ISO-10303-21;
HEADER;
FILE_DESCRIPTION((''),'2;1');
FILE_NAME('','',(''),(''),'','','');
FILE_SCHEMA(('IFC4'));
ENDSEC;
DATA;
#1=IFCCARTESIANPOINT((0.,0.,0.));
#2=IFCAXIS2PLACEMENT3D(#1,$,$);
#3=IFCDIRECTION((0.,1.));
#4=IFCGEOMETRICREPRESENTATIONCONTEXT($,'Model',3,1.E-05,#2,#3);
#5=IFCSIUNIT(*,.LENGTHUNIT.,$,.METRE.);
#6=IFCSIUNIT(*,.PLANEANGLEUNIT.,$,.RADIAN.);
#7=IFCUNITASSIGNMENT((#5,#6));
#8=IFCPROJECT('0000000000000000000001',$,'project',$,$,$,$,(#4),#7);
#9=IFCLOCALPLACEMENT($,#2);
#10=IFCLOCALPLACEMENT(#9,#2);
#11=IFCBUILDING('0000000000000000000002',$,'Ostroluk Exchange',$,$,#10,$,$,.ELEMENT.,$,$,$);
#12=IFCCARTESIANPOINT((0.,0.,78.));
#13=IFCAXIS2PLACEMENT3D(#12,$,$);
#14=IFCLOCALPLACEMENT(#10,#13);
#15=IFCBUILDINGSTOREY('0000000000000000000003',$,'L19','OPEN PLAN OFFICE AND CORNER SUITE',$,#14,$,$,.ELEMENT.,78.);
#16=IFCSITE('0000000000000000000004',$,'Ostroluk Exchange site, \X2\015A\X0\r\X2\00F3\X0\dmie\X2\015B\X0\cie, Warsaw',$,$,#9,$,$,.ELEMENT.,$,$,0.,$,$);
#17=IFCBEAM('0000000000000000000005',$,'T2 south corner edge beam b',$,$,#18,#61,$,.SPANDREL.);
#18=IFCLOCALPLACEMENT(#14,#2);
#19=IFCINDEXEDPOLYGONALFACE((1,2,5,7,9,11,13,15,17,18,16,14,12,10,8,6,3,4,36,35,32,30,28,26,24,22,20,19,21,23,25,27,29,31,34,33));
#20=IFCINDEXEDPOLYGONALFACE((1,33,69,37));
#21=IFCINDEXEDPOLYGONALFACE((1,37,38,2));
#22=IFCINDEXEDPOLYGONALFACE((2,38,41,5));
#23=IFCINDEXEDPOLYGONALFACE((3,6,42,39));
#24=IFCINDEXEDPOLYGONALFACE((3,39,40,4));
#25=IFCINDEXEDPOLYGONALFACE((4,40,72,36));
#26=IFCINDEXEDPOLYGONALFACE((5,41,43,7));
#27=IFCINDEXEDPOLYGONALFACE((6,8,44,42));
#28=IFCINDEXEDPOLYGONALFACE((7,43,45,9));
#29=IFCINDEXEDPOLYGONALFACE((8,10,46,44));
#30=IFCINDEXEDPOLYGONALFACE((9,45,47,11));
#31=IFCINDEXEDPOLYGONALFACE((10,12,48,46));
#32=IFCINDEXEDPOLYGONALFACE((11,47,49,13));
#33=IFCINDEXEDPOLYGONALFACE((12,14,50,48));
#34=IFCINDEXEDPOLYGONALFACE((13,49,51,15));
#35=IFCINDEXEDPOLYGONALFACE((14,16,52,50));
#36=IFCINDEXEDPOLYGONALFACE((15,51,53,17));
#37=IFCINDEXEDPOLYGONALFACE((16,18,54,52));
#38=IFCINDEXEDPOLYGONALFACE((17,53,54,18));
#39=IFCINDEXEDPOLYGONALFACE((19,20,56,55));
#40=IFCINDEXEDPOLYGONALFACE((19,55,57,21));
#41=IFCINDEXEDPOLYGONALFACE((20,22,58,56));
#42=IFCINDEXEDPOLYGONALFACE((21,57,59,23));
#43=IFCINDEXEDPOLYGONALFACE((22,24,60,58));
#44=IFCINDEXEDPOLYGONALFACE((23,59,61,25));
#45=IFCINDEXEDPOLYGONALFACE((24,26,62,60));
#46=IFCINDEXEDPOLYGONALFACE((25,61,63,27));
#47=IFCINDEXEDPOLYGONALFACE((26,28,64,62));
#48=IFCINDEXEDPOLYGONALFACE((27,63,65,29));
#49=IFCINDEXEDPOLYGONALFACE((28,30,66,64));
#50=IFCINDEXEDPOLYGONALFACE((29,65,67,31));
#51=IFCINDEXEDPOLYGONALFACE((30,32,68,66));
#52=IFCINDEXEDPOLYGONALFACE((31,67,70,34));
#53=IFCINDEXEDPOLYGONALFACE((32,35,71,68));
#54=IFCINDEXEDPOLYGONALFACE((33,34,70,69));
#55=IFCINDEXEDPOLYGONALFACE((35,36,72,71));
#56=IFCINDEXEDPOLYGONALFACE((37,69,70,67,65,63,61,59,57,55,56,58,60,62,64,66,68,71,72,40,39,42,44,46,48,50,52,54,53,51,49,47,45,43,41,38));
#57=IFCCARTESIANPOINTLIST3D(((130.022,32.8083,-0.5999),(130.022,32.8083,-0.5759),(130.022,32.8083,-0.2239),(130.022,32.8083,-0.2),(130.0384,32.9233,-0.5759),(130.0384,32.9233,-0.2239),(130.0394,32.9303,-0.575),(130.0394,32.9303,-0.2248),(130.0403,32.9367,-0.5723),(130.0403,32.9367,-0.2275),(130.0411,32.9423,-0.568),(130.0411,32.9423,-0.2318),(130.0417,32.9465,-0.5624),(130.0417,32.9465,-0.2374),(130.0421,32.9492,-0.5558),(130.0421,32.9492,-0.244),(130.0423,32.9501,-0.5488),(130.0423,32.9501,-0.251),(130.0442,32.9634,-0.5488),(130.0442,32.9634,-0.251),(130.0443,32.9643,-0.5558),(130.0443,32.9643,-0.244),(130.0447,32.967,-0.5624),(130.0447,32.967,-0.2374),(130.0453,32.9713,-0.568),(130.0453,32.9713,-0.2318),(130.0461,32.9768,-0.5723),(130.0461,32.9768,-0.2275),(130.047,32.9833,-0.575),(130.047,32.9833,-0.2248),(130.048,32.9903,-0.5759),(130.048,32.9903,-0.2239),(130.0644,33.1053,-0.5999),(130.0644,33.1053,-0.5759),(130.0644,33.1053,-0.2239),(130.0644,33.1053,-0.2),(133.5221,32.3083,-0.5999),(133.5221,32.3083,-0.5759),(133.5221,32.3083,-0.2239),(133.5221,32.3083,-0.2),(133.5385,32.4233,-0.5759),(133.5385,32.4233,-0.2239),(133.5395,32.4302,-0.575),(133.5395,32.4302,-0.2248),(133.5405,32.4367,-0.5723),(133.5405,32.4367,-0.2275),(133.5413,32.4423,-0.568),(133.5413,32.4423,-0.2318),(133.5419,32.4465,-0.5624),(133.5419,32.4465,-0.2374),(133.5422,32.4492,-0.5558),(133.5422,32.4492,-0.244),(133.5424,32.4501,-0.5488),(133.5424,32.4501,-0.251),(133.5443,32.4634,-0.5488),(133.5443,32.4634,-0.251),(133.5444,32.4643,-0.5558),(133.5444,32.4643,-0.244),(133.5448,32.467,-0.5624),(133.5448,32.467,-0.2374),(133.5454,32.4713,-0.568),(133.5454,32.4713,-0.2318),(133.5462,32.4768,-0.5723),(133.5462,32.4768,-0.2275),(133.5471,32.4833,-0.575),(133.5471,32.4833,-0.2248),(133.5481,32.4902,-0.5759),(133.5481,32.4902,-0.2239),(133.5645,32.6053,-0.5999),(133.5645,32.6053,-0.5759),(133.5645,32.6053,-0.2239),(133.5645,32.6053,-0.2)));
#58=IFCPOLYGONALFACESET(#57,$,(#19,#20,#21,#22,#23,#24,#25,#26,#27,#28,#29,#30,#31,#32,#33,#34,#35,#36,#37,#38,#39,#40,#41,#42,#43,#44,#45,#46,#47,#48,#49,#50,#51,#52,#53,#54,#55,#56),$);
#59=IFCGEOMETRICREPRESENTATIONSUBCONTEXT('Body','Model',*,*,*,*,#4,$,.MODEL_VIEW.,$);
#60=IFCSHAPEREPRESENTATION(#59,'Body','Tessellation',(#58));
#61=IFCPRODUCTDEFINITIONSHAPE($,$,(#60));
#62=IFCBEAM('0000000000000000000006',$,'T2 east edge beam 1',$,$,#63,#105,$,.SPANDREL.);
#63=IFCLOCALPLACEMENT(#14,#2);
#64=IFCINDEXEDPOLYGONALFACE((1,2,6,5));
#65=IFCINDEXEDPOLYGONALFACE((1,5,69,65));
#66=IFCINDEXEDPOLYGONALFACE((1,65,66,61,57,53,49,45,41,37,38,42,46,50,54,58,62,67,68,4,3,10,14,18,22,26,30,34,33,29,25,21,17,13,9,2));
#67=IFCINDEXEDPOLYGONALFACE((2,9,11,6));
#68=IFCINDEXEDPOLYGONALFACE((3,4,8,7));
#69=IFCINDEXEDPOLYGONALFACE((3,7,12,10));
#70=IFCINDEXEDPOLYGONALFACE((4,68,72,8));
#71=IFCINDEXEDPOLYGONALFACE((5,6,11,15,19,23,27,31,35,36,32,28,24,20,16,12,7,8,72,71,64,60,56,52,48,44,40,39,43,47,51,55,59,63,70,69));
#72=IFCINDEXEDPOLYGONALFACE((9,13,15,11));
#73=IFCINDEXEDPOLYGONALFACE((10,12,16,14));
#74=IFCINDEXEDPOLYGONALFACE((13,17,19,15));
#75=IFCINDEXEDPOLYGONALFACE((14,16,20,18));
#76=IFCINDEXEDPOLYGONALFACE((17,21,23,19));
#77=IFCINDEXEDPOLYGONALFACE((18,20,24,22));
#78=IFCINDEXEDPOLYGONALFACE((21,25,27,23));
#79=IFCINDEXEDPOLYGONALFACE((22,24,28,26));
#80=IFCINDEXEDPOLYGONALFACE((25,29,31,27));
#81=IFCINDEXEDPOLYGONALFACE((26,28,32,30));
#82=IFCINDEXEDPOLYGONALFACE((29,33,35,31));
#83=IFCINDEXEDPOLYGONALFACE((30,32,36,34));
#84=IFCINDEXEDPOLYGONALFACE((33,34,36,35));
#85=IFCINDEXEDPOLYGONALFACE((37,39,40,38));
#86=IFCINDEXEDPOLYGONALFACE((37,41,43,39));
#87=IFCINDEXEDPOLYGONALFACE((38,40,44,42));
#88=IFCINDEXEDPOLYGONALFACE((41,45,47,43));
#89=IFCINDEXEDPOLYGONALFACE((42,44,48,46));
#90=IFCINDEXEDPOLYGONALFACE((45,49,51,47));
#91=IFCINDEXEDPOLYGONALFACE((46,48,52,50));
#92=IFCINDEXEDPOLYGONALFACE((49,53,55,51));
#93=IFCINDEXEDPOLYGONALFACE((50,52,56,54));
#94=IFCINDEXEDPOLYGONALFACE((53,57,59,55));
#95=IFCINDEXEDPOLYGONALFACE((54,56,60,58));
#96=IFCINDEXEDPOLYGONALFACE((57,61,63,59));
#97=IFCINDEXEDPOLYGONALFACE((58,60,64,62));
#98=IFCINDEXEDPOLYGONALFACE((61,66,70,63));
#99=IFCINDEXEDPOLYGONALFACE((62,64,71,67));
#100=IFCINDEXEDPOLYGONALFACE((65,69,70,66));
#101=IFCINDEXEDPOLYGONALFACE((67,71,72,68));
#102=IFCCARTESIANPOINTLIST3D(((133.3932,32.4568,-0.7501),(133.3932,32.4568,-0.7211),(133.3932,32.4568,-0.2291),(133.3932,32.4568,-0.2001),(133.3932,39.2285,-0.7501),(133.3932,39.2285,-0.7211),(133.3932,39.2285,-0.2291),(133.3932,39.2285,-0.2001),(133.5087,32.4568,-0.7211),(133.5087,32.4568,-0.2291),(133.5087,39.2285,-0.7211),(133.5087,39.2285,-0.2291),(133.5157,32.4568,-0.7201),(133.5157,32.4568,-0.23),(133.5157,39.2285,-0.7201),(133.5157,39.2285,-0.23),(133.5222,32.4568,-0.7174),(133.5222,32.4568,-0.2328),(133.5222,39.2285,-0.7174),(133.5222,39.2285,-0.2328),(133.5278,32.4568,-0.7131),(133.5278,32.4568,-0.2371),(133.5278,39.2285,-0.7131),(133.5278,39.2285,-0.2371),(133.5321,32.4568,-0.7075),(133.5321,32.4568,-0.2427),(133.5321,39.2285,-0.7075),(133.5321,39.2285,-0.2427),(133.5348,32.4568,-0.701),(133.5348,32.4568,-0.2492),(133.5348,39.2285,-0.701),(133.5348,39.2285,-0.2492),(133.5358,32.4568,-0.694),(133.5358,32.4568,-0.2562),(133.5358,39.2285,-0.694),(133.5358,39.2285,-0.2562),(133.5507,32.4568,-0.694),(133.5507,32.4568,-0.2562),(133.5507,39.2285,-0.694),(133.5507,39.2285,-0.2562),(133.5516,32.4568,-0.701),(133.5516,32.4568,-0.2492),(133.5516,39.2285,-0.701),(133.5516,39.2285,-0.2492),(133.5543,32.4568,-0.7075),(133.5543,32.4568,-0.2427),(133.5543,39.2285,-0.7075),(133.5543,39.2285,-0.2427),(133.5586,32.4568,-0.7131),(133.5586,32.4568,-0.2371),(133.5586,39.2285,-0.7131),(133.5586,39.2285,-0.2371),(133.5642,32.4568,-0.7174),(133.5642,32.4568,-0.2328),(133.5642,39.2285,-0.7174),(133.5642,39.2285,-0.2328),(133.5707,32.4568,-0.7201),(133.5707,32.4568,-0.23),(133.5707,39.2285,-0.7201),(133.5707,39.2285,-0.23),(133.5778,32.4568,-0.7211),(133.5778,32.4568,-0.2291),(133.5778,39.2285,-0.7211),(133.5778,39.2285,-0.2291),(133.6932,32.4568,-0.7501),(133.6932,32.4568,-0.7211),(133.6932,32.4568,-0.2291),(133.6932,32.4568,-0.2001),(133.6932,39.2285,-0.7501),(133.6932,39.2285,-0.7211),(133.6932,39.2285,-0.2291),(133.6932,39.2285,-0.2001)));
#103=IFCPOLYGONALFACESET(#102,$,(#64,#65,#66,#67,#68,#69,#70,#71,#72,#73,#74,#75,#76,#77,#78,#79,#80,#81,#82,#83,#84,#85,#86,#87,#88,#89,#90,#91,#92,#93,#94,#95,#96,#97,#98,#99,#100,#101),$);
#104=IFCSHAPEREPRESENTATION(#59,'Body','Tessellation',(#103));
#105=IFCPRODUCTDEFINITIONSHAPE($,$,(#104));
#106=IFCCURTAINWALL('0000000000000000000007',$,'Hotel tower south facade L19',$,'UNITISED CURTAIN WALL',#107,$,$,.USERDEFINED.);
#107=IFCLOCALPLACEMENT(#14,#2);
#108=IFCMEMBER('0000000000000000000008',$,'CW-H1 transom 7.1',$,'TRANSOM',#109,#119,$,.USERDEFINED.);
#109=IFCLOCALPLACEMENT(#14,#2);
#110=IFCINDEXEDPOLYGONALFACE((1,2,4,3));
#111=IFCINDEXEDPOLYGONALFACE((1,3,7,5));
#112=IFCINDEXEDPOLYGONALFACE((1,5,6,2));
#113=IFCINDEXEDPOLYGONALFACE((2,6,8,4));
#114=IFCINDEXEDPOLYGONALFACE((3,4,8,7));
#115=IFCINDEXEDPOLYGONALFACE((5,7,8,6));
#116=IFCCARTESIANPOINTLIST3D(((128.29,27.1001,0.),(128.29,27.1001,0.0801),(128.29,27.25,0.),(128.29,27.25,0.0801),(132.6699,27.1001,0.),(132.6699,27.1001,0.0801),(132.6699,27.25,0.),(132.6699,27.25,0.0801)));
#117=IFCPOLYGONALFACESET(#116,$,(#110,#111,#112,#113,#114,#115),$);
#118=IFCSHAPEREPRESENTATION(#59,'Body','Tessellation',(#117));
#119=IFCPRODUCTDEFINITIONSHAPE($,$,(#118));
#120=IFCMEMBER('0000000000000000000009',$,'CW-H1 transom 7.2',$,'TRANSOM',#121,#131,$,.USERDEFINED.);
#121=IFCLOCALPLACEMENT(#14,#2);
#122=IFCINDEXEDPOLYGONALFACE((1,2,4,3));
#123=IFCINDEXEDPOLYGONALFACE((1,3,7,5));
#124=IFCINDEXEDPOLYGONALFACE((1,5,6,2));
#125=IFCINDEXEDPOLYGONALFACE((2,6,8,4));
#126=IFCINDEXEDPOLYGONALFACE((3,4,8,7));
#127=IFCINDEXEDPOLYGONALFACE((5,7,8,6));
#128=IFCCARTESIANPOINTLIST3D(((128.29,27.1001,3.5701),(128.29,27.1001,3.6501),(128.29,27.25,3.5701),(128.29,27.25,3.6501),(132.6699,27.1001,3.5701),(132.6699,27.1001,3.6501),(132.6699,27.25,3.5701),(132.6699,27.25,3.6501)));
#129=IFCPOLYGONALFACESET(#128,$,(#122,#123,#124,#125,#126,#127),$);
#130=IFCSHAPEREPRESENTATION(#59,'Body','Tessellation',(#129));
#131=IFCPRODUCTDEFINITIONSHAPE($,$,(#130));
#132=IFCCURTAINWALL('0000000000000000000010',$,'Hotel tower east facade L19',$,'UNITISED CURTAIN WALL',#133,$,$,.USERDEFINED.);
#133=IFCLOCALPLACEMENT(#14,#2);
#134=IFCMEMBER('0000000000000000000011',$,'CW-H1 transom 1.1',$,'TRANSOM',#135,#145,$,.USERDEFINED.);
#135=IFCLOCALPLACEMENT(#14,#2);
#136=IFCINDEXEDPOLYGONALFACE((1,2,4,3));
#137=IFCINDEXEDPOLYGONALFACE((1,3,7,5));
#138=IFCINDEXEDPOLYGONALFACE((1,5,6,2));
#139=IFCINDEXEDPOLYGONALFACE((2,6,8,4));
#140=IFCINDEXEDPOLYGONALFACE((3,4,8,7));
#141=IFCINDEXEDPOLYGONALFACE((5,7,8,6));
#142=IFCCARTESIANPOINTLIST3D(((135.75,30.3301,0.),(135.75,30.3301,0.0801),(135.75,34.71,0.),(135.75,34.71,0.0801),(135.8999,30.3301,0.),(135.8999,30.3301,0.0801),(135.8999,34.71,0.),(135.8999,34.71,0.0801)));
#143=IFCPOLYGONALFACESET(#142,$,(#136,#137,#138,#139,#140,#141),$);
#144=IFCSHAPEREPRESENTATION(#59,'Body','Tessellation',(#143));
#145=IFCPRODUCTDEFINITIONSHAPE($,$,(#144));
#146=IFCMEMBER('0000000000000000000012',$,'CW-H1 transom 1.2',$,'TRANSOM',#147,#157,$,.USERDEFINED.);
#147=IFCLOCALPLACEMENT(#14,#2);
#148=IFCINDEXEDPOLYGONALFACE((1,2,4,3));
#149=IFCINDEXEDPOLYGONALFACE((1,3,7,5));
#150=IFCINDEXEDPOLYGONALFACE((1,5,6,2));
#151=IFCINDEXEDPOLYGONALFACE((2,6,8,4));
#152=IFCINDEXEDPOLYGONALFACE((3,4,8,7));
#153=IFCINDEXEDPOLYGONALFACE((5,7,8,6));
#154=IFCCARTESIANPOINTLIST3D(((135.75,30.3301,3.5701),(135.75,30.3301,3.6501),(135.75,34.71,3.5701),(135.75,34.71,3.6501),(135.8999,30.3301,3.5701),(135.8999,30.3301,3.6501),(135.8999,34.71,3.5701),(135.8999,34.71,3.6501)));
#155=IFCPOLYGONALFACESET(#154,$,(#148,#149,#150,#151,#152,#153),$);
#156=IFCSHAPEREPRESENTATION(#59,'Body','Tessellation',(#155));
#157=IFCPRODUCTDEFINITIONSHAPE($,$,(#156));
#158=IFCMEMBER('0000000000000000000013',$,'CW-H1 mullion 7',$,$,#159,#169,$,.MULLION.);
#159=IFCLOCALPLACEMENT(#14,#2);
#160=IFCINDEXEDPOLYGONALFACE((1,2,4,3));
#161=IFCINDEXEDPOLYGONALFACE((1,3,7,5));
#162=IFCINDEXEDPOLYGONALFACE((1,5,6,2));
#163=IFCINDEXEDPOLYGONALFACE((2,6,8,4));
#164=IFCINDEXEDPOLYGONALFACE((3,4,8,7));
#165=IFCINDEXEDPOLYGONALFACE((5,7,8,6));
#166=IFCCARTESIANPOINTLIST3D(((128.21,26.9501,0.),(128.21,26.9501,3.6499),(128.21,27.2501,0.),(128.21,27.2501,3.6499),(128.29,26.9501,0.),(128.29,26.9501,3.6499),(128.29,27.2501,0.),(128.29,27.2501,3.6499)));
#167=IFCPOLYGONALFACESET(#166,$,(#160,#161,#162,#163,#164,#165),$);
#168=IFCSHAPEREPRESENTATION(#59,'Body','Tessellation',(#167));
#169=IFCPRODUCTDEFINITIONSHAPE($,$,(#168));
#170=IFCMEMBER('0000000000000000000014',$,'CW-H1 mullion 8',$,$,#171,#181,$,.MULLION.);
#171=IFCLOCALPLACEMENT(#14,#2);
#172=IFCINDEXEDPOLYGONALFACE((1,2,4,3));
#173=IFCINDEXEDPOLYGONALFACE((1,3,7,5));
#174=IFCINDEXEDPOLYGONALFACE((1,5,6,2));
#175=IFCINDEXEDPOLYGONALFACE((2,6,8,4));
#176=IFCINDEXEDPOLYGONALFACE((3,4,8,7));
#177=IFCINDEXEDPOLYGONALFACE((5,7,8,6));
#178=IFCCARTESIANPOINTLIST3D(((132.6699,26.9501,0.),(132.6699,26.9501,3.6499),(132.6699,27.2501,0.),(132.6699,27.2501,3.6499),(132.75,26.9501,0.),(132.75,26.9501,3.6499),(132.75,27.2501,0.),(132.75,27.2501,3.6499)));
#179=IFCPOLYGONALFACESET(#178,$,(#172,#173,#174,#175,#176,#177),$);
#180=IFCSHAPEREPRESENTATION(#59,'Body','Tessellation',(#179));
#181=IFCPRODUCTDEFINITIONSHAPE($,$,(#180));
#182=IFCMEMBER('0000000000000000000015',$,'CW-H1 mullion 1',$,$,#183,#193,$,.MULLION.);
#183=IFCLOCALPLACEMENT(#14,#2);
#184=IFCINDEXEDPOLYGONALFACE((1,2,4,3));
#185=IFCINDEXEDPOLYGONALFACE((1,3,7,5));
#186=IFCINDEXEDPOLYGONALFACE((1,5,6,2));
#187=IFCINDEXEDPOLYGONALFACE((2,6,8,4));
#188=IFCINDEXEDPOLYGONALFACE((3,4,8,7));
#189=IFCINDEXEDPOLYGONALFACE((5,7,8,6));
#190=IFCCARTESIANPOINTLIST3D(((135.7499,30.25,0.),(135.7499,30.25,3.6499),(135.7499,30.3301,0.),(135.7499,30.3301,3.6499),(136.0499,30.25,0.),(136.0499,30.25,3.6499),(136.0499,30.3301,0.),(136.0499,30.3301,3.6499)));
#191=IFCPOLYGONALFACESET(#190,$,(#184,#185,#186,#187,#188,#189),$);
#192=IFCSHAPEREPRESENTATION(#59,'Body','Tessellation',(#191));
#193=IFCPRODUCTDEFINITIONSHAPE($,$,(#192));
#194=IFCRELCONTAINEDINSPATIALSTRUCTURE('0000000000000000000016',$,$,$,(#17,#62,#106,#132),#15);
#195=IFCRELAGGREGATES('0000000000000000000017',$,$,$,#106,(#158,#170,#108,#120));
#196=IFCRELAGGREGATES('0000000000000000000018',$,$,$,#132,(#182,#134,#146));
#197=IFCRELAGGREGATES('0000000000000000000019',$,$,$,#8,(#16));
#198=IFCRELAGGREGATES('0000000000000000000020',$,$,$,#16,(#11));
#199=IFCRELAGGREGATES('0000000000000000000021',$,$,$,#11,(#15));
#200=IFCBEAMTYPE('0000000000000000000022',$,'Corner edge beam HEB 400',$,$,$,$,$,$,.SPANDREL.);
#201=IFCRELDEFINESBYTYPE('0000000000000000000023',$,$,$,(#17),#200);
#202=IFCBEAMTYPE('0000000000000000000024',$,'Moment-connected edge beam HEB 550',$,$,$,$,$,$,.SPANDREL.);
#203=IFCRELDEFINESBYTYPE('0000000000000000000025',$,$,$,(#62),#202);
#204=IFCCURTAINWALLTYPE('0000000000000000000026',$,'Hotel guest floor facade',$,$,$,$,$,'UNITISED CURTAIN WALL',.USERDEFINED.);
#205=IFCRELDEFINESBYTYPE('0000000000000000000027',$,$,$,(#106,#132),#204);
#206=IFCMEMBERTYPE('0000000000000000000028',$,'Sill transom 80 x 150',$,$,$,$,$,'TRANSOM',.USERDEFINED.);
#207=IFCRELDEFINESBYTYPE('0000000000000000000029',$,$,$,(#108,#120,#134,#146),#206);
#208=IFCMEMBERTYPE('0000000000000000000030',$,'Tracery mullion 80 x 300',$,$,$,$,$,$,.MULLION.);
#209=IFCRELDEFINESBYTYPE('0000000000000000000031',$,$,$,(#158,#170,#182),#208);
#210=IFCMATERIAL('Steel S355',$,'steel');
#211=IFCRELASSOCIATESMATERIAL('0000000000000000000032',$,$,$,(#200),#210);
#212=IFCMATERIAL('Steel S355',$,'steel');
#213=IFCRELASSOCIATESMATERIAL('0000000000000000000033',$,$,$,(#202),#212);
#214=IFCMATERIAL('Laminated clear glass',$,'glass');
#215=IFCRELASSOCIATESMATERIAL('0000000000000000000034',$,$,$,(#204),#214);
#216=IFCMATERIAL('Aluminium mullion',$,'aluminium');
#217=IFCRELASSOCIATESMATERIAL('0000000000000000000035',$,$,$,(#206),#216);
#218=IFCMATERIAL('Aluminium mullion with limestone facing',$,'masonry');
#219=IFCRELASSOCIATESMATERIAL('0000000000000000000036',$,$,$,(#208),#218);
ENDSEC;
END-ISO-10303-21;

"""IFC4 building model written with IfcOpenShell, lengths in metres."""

from ifc_helpers import new_model, si_unit, direction, frame, origin, origin_2d, place, context, subcontext, project, spatial, rectangle, i_section, extrude, material, material_profile, profile_set, type_object, element, aggregate, save


model = new_model("IFC4")

# Units and contexts
model_context = context("Model", 3, precision=1e-05, world=origin(), true_north=direction((0.0, 1.0)))
body_context = subcontext(model_context, "Body", "Model", "MODEL_VIEW")
ifc_project = project(units=[si_unit("LENGTHUNIT", "METRE"), si_unit("PLANEANGLEUNIT", "RADIAN")], contexts=[model_context])

# Site, building, storey
site_placement = place(None, origin())
site = spatial("IfcSite", under=ifc_project, at=site_placement, Name="Ostroluk Exchange site, Śródmieście, Warsaw", CompositionType="ELEMENT", RefElevation=0.0)
building_placement = place(site_placement, origin())
building = spatial("IfcBuilding", under=site, at=building_placement, Name="Ostroluk Exchange", CompositionType="ELEMENT")
storey_placement = place(building_placement, frame((0.0, 0.0, 78.0)))
storey = spatial("IfcBuildingStorey", under=building, at=storey_placement, Name="L19", Description="OPEN PLAN OFFICE AND CORNER SUITE", CompositionType="ELEMENT", Elevation=78.0)

# Beams
ifc_material_1 = material(Name="Steel S355", Category="steel")
ifc_material_profile_1 = material_profile(ifc_material_1, i_section(OverallWidth=0.3, OverallDepth=0.3999, WebThickness=0.0134, FlangeThickness=0.0239, FilletRadius=0.0271, at=origin_2d()), Name="HEB 400")
ifc_profile_set_1 = profile_set([ifc_material_profile_1], Name="Steel S355")
beam_type_1 = type_object("IfcBeamType", Name="Corner edge beam HEB 400", PredefinedType="SPANDREL", material=ifc_profile_set_1)
for number, where, z_axis, x_axis, name in (
    (1, (130.0432, 32.9568, -0.3999), (0.989949, -0.141421, 0.0), (0.141421, 0.989949, 0.0), "T2 south corner edge beam b"),
):
    element("IfcBeam", number, at=place(storey_placement, frame(where, z_axis=z_axis, x_axis=x_axis)), inside=storey, type_object=beam_type_1, Name=name, PredefinedType="SPANDREL", context=body_context, shape_type="SweptSolid", body=[
        extrude(i_section(OverallWidth=0.3, OverallDepth=0.3999, WebThickness=0.0134, FlangeThickness=0.0239, FilletRadius=0.0271, at=origin_2d()), origin(), (0.0, 0.0, 1.0), 3.5356),
    ])
ifc_material_2 = material(Name="Steel S355", Category="steel")
ifc_material_profile_2 = material_profile(ifc_material_2, i_section(OverallWidth=0.3, OverallDepth=0.55, WebThickness=0.0149, FlangeThickness=0.0291, FilletRadius=0.0271, at=origin_2d()), Name="HEB 550")
ifc_profile_set_2 = profile_set([ifc_material_profile_2], Name="Steel S355")
beam_type_2 = type_object("IfcBeamType", Name="Moment-connected edge beam HEB 550", PredefinedType="SPANDREL", material=ifc_profile_set_2)
beam_1_placement = place(storey_placement, frame((133.5432, 32.4568, -0.4751), z_axis=(0.0, 1.0, 0.0), x_axis=(-1.0, 0.0, 0.0)))
element("IfcBeam", 2, at=beam_1_placement, inside=storey, type_object=beam_type_2, Name="T2 east edge beam 1", PredefinedType="SPANDREL", context=body_context, shape_type="SweptSolid", body=[
    extrude(i_section(OverallWidth=0.3, OverallDepth=0.55, WebThickness=0.0149, FlangeThickness=0.0291, FilletRadius=0.0271, at=origin_2d()), origin(), (0.0, 0.0, 1.0), 6.7717),
])

# Curtain walls, members
ifc_material_3 = material(Name="Laminated clear glass", Category="glass")
curtain_wall_type = type_object("IfcCurtainWallType", Name="Hotel guest floor facade", ElementType="UNITISED CURTAIN WALL", PredefinedType="USERDEFINED", material=ifc_material_3)
curtain_wall_1_placement = place(storey_placement, origin())
curtain_wall_1 = element("IfcCurtainWall", 3, at=curtain_wall_1_placement, inside=storey, type_object=curtain_wall_type, Name="Hotel tower south facade L19", ObjectType="UNITISED CURTAIN WALL", PredefinedType="USERDEFINED")
ifc_material_4 = material(Name="Aluminium mullion", Category="aluminium")
ifc_material_profile_3 = material_profile(ifc_material_4, rectangle(XDim=0.1499, YDim=0.0801, at=origin_2d()), Name="Sill transom 80 x 150")
ifc_profile_set_3 = profile_set([ifc_material_profile_3], Name="Aluminium mullion")
member_type_1 = type_object("IfcMemberType", Name="Sill transom 80 x 150", ElementType="TRANSOM", PredefinedType="USERDEFINED", material=ifc_profile_set_3)
member_1_placement = place(storey_placement, frame((128.29, 27.175, 0.04), z_axis=(1.0, 0.0, 0.0), x_axis=(0.0, 1.0, 0.0)))
member_1 = element("IfcMember", 4, at=member_1_placement, type_object=member_type_1, Name="CW-H1 transom 7.1", ObjectType="TRANSOM", PredefinedType="USERDEFINED", context=body_context, shape_type="SweptSolid", body=[
    extrude(rectangle(XDim=0.1499, YDim=0.0801, at=origin_2d()), origin(), (0.0, 0.0, 1.0), 4.3799),
])
member_2_placement = place(storey_placement, frame((128.29, 27.175, 3.6101), z_axis=(1.0, 0.0, 0.0), x_axis=(0.0, 1.0, 0.0)))
member_2 = element("IfcMember", 5, at=member_2_placement, type_object=member_type_1, Name="CW-H1 transom 7.2", ObjectType="TRANSOM", PredefinedType="USERDEFINED", context=body_context, shape_type="SweptSolid", body=[
    extrude(rectangle(XDim=0.1499, YDim=0.0801, at=origin_2d()), origin(), (0.0, 0.0, 1.0), 4.3799),
])
curtain_wall_2_placement = place(storey_placement, origin())
curtain_wall_2 = element("IfcCurtainWall", 6, at=curtain_wall_2_placement, inside=storey, type_object=curtain_wall_type, Name="Hotel tower east facade L19", ObjectType="UNITISED CURTAIN WALL", PredefinedType="USERDEFINED")
member_3_placement = place(storey_placement, frame((135.825, 30.3301, 0.04), z_axis=(0.0, 1.0, 0.0), x_axis=(-1.0, 0.0, 0.0)))
member_3 = element("IfcMember", 7, at=member_3_placement, type_object=member_type_1, Name="CW-H1 transom 1.1", ObjectType="TRANSOM", PredefinedType="USERDEFINED", context=body_context, shape_type="SweptSolid", body=[
    extrude(rectangle(XDim=0.1499, YDim=0.0801, at=origin_2d()), origin(), (0.0, 0.0, 1.0), 4.3799),
])
member_4_placement = place(storey_placement, frame((135.825, 30.3301, 3.6101), z_axis=(0.0, 1.0, 0.0), x_axis=(-1.0, 0.0, 0.0)))
member_4 = element("IfcMember", 8, at=member_4_placement, type_object=member_type_1, Name="CW-H1 transom 1.2", ObjectType="TRANSOM", PredefinedType="USERDEFINED", context=body_context, shape_type="SweptSolid", body=[
    extrude(rectangle(XDim=0.1499, YDim=0.0801, at=origin_2d()), origin(), (0.0, 0.0, 1.0), 4.3799),
])

# Members
ifc_material_5 = material(Name="Aluminium mullion with limestone facing", Category="masonry")
ifc_material_profile_4 = material_profile(ifc_material_5, rectangle(XDim=0.3, YDim=0.0801, at=origin_2d()), Name="Tracery mullion 80 x 300")
ifc_profile_set_4 = profile_set([ifc_material_profile_4], Name="Aluminium mullion with limestone facing")
member_type_2 = type_object("IfcMemberType", Name="Tracery mullion 80 x 300", PredefinedType="MULLION", material=ifc_profile_set_4)
member_5_placement = place(storey_placement, frame((128.25, 27.1001, 0.0), z_axis=(0.0, 0.0, 1.0), x_axis=(0.0, 1.0, 0.0)))
member_5 = element("IfcMember", 9, at=member_5_placement, type_object=member_type_2, Name="CW-H1 mullion 7", PredefinedType="MULLION", context=body_context, shape_type="SweptSolid", body=[
    extrude(rectangle(XDim=0.3, YDim=0.0801, at=origin_2d()), origin(), (0.0, 0.0, 1.0), 3.6499),
])
member_6_placement = place(storey_placement, frame((132.71, 27.1001, 0.0), z_axis=(0.0, 0.0, 1.0), x_axis=(0.0, 1.0, 0.0)))
member_6 = element("IfcMember", 10, at=member_6_placement, type_object=member_type_2, Name="CW-H1 mullion 8", PredefinedType="MULLION", context=body_context, shape_type="SweptSolid", body=[
    extrude(rectangle(XDim=0.3, YDim=0.0801, at=origin_2d()), origin(), (0.0, 0.0, 1.0), 3.6499),
])
member_7_placement = place(storey_placement, frame((135.8999, 30.29, 0.0), z_axis=(0.0, 0.0, 1.0), x_axis=(-1.0, 0.0, 0.0)))
member_7 = element("IfcMember", 11, at=member_7_placement, type_object=member_type_2, Name="CW-H1 mullion 1", PredefinedType="MULLION", context=body_context, shape_type="SweptSolid", body=[
    extrude(rectangle(XDim=0.3, YDim=0.0801, at=origin_2d()), origin(), (0.0, 0.0, 1.0), 3.6499),
])

aggregate(curtain_wall_1, [member_5, member_6, member_1, member_2])
aggregate(curtain_wall_2, [member_7, member_3, member_4])

save(model, "model.ifc")
